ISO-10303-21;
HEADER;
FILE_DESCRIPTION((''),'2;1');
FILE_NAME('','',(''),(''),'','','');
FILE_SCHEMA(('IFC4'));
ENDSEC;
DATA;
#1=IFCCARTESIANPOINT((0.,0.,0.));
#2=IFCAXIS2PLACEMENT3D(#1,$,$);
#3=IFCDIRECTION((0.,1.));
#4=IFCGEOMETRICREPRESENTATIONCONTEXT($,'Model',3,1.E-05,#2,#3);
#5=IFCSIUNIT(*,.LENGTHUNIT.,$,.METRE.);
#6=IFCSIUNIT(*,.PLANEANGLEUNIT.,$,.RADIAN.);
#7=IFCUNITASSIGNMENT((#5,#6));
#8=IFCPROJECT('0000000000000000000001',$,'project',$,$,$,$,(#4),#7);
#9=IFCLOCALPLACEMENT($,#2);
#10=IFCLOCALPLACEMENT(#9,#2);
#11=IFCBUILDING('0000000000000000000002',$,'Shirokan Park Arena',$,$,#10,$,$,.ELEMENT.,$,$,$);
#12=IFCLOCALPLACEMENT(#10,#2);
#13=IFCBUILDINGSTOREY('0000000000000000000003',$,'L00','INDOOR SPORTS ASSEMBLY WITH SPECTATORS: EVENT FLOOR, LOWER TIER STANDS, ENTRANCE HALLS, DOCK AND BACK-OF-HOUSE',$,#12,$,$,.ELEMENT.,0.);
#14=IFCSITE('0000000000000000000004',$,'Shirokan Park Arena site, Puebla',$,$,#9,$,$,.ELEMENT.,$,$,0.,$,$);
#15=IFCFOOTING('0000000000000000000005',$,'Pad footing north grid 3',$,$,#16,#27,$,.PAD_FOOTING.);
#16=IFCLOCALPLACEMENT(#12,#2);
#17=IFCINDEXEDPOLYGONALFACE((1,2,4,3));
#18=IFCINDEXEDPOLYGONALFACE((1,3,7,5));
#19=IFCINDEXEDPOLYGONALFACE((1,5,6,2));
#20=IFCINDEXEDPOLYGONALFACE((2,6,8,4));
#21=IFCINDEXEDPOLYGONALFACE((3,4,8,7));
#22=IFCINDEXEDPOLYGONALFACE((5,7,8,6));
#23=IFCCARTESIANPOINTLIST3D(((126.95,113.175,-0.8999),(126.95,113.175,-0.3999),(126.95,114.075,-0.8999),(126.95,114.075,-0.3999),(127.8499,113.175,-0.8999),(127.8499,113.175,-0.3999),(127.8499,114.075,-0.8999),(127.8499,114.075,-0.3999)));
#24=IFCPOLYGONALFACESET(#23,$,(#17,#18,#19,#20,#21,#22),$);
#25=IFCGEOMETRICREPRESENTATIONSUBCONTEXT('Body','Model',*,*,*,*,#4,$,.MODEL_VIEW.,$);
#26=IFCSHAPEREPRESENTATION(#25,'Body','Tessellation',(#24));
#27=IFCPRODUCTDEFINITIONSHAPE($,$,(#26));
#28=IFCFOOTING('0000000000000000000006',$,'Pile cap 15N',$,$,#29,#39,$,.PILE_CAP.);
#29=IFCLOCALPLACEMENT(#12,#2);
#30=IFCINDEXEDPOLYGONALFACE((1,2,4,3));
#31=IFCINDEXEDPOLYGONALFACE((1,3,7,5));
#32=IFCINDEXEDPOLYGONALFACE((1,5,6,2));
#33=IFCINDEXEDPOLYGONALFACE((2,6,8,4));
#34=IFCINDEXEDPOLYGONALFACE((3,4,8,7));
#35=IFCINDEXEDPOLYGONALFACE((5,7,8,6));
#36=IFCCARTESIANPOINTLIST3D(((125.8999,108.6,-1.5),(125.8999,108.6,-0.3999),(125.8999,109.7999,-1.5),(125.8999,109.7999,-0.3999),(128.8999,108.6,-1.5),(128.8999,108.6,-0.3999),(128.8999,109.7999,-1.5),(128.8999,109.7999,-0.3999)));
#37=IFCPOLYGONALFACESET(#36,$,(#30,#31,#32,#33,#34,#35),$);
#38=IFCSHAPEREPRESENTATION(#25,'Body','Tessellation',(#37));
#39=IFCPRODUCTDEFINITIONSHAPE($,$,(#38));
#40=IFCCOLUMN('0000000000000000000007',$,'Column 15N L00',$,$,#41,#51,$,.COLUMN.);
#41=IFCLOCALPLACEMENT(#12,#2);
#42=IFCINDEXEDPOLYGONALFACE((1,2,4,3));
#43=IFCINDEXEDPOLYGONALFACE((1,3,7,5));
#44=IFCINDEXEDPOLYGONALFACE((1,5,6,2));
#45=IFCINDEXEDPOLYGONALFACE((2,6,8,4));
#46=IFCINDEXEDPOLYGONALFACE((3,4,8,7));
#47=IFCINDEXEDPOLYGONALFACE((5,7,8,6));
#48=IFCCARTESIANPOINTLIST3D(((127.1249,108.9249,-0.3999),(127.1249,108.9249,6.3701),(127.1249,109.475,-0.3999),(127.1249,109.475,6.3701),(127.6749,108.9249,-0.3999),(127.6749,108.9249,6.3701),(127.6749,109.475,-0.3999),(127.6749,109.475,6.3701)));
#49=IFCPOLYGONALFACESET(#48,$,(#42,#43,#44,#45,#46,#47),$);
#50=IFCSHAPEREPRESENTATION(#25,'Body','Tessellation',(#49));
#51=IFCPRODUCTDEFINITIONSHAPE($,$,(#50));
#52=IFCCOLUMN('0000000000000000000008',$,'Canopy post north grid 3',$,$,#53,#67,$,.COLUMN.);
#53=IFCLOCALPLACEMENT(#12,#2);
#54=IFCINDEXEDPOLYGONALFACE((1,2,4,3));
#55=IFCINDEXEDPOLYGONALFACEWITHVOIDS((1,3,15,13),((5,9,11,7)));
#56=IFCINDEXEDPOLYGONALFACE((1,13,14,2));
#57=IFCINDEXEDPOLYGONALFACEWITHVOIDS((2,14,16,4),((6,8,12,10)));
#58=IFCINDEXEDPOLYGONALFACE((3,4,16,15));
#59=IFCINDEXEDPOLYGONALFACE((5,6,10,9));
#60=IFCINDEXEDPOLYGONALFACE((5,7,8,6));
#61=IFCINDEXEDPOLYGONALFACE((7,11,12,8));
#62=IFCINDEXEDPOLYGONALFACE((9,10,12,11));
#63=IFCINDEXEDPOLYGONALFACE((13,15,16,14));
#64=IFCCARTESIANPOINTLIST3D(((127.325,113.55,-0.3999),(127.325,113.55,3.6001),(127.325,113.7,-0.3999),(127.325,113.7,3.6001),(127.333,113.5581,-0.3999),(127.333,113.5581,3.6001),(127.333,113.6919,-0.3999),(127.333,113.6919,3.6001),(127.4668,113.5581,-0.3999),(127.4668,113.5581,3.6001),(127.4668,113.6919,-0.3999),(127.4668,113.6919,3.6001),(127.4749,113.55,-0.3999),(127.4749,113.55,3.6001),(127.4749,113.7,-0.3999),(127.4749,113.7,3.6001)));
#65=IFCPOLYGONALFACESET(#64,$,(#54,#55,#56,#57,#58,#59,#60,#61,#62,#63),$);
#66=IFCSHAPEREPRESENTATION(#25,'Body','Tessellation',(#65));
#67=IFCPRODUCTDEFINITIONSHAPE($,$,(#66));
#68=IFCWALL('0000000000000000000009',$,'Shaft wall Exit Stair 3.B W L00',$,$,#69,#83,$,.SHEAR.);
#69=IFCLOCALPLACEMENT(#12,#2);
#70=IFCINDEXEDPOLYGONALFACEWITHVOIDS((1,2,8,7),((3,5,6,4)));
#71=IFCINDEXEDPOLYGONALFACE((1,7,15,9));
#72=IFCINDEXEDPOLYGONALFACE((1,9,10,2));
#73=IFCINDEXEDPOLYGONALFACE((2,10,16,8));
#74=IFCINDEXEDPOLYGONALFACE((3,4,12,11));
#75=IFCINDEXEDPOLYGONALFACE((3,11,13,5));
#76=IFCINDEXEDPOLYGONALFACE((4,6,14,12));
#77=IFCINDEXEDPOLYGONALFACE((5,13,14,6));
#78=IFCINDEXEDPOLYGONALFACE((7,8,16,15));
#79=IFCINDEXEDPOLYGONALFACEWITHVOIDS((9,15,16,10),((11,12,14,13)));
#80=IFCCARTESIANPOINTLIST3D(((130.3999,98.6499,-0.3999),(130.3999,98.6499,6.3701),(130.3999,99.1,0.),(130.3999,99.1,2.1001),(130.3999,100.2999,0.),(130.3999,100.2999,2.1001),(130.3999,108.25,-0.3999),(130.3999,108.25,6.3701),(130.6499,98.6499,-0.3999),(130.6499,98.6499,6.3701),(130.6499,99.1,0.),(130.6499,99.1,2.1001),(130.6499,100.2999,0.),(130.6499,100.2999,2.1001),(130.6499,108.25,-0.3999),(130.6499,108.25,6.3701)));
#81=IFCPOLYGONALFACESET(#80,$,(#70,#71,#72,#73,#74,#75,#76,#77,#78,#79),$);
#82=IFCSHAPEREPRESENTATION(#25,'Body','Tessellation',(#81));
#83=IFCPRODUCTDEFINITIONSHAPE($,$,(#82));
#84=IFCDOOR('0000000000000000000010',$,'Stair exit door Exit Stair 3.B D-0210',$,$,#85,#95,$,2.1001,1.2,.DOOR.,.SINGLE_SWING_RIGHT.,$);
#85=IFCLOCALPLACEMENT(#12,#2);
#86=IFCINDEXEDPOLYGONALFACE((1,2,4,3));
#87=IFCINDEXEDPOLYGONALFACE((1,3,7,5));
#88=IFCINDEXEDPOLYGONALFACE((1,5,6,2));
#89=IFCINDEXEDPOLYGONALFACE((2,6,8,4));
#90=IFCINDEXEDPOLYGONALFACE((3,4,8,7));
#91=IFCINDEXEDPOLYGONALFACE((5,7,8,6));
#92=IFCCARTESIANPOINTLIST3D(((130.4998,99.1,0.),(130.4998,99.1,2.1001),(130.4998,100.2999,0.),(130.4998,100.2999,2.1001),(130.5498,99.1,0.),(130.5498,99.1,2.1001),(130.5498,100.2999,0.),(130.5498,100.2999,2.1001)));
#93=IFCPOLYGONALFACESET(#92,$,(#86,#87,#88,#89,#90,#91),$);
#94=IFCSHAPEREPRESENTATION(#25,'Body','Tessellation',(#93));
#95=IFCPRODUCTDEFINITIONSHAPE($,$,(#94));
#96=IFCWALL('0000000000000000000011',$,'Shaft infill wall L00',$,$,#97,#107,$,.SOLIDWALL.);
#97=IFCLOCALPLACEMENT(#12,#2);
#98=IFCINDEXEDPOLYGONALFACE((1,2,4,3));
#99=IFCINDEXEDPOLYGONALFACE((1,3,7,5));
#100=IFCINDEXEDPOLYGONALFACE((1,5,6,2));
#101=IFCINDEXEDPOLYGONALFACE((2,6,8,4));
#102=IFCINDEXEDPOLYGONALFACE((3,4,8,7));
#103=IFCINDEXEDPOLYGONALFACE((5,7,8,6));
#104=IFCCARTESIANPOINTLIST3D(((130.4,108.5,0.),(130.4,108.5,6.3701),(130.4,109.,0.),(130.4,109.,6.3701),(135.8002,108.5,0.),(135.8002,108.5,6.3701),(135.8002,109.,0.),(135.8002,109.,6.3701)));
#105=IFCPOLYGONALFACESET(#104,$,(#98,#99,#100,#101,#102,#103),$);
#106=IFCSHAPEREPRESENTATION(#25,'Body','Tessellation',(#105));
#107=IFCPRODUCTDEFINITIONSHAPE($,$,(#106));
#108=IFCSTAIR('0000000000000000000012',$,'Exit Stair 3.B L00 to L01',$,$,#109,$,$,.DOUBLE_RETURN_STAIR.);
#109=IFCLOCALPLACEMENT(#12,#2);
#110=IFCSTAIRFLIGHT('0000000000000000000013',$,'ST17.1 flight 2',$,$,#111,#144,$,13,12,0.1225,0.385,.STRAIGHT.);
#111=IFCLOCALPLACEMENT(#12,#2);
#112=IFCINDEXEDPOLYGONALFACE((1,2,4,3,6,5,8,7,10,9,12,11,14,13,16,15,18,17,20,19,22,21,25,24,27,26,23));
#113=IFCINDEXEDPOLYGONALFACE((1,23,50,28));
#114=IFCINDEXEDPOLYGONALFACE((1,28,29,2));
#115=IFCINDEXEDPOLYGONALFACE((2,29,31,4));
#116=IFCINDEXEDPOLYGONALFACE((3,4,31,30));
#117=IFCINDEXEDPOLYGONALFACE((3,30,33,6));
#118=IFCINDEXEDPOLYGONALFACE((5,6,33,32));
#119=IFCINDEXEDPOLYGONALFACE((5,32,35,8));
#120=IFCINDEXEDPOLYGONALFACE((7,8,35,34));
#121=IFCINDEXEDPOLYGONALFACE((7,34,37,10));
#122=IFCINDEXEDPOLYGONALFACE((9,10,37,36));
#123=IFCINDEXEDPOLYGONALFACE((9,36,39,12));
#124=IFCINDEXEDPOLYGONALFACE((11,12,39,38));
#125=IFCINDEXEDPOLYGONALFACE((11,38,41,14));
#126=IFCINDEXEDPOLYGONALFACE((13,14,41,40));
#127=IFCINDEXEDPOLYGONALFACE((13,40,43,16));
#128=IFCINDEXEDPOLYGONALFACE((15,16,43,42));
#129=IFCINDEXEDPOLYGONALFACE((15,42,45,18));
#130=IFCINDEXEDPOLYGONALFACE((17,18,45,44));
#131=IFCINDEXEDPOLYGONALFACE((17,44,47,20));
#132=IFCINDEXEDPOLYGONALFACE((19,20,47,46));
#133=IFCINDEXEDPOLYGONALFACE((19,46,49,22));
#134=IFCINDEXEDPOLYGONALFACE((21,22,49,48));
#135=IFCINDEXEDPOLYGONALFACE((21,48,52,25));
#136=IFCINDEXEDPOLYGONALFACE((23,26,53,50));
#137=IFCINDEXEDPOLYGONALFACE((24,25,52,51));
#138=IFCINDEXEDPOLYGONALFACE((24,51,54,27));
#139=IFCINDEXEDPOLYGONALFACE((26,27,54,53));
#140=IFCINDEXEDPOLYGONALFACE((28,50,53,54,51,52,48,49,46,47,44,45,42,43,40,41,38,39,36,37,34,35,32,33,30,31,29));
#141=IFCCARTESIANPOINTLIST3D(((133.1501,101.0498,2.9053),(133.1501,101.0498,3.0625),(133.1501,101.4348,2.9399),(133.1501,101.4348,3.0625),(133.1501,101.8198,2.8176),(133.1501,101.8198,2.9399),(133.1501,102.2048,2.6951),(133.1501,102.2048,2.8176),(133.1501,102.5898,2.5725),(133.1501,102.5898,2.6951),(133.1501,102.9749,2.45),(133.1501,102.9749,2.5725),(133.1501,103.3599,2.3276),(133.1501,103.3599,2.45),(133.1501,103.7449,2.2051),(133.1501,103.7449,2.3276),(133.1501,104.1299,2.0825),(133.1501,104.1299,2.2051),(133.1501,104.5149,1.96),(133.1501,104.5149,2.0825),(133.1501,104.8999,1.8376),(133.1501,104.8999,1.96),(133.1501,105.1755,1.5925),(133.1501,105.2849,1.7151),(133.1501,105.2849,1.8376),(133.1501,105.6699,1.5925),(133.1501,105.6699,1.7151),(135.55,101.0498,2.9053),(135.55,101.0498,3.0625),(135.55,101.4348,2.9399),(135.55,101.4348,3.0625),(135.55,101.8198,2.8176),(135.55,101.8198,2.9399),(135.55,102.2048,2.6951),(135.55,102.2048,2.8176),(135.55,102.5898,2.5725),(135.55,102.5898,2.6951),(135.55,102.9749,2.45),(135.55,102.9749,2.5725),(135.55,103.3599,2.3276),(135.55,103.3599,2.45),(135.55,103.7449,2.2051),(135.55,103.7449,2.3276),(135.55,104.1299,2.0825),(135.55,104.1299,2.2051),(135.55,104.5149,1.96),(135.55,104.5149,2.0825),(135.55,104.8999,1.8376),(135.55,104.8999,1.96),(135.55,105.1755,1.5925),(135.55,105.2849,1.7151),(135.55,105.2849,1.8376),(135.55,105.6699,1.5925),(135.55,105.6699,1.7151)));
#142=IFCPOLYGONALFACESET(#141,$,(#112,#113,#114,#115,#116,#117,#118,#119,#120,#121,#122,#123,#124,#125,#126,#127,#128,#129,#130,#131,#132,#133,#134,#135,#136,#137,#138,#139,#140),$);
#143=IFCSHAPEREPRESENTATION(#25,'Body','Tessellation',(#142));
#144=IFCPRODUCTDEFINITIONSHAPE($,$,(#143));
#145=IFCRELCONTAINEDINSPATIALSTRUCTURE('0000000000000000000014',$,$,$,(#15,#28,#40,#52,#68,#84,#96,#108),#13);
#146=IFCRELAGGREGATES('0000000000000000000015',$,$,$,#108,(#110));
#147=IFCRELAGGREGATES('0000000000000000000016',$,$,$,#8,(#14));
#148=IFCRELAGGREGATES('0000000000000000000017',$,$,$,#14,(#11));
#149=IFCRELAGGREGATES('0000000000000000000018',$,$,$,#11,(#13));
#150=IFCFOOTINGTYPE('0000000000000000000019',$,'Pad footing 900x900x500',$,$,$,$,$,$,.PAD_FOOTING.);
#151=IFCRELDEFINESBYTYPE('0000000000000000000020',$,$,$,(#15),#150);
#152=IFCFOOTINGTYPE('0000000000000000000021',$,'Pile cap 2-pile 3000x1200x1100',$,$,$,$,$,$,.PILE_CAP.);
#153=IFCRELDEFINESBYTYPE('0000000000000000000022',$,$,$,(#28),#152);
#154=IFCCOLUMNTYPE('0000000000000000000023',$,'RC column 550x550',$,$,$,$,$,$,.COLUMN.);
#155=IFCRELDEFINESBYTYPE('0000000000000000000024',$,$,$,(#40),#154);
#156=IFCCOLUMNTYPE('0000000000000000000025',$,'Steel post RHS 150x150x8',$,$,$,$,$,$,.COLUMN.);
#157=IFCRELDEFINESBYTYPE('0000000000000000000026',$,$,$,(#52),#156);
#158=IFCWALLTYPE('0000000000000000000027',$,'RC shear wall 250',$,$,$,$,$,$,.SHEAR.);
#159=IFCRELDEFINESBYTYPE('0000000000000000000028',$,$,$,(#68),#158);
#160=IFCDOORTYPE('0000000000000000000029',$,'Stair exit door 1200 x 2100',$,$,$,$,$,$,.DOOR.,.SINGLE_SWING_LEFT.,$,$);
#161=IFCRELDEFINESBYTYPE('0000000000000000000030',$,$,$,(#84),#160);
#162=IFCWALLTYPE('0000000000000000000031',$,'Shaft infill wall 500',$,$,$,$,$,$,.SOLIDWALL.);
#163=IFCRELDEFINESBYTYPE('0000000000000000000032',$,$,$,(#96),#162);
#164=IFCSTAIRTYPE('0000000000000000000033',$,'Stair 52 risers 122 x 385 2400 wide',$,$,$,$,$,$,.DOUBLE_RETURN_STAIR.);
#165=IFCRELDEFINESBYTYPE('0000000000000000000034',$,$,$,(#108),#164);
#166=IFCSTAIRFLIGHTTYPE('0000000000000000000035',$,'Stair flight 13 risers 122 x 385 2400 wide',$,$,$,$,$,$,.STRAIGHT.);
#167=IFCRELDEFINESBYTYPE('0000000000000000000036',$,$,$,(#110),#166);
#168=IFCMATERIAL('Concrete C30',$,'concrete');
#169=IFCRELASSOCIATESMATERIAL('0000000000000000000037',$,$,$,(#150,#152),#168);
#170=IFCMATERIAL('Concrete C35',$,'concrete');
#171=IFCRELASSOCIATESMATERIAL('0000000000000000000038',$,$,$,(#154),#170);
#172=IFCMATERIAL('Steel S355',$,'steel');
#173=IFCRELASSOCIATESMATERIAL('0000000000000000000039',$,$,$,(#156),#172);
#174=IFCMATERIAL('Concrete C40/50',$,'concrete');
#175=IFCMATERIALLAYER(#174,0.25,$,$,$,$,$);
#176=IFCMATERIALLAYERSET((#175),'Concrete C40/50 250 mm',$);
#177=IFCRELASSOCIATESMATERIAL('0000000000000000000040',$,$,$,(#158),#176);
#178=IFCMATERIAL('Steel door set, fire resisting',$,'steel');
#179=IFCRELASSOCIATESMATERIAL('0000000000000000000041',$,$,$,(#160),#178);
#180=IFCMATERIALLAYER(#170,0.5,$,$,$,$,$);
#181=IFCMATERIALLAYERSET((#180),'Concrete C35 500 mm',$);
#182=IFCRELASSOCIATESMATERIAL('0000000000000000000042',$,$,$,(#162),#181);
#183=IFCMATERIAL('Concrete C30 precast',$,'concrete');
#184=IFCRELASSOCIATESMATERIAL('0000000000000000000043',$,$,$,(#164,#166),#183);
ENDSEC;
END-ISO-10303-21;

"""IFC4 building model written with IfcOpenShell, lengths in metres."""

from ifc_helpers import new_model, si_unit, direction, frame, frame_2d, origin, origin_2d, place, context, subcontext, project, spatial, polyline, rectangle, hollow_rectangle, outline, extrude, material, layer, layer_set, material_profile, profile_set, type_object, element, fill, aggregate, save


model = new_model("IFC4")

# Units and contexts
model_context = context("Model", 3, precision=1e-05, world=origin(), true_north=direction((0.0, 1.0)))
body_context = subcontext(model_context, "Body", "Model", "MODEL_VIEW")
ifc_project = project(units=[si_unit("LENGTHUNIT", "METRE"), si_unit("PLANEANGLEUNIT", "RADIAN")], contexts=[model_context])

# Site, building, storey
site_placement = place(None, origin())
site = spatial("IfcSite", under=ifc_project, at=site_placement, Name="Shirokan Park Arena site, Puebla", CompositionType="ELEMENT", RefElevation=0.0)
building_placement = place(site_placement, origin())
building = spatial("IfcBuilding", under=site, at=building_placement, Name="Shirokan Park Arena", CompositionType="ELEMENT")
storey_placement = place(building_placement, origin())
storey = spatial("IfcBuildingStorey", under=building, at=storey_placement, Name="L00", Description="INDOOR SPORTS ASSEMBLY WITH SPECTATORS: EVENT FLOOR, LOWER TIER STANDS, ENTRANCE HALLS, DOCK AND BACK-OF-HOUSE", CompositionType="ELEMENT", Elevation=0.0)

# Shared definitions
ifc_material_1 = material(Name="Concrete C30", Category="concrete")

# Footings
footing_type_1 = type_object("IfcFootingType", Name="Pad footing 900x900x500", PredefinedType="PAD_FOOTING", material=ifc_material_1)
footing_1_placement = place(storey_placement, frame((127.3999, 113.625, -0.8999), z_axis=(0.0, 0.0, 1.0), x_axis=(1.0, 0.0, 0.0)))
element("IfcFooting", 1, at=footing_1_placement, inside=storey, type_object=footing_type_1, Name="Pad footing north grid 3", PredefinedType="PAD_FOOTING", context=body_context, shape_type="SweptSolid", body=[
    extrude(rectangle(XDim=0.8999, YDim=0.8999, at=origin_2d()), origin(), (0.0, 0.0, 1.0), 0.5),
])
footing_type_2 = type_object("IfcFootingType", Name="Pile cap 2-pile 3000x1200x1100", PredefinedType="PILE_CAP", material=ifc_material_1)
footing_2_placement = place(storey_placement, frame((127.3999, 109.2, -1.5), z_axis=(0.0, 0.0, 1.0), x_axis=(1.0, 0.0, 0.0)))
element("IfcFooting", 2, at=footing_2_placement, inside=storey, type_object=footing_type_2, Name="Pile cap 15N", PredefinedType="PILE_CAP", context=body_context, shape_type="SweptSolid", body=[
    extrude(rectangle(XDim=3.0, YDim=1.2, at=origin_2d()), origin(), (0.0, 0.0, 1.0), 1.1001),
])

# Columns
ifc_material_2 = material(Name="Concrete C35", Category="concrete")
ifc_material_profile_1 = material_profile(ifc_material_2, rectangle(XDim=0.55, YDim=0.55, at=origin_2d()), Name="550x550")
ifc_profile_set_1 = profile_set([ifc_material_profile_1], Name="Concrete C35")
column_type_1 = type_object("IfcColumnType", Name="RC column 550x550", PredefinedType="COLUMN", material=ifc_profile_set_1)
column_1_placement = place(storey_placement, frame((127.3999, 109.2, -0.3999), z_axis=(0.0, 0.0, 1.0), x_axis=(1.0, 0.0, 0.0)))
element("IfcColumn", 3, at=column_1_placement, inside=storey, type_object=column_type_1, Name="Column 15N L00", PredefinedType="COLUMN", context=body_context, shape_type="SweptSolid", body=[
    extrude(rectangle(XDim=0.55, YDim=0.55, at=origin_2d()), origin(), (0.0, 0.0, 1.0), 6.77),
])
ifc_material_3 = material(Name="Steel S355", Category="steel")
ifc_material_profile_2 = material_profile(ifc_material_3, hollow_rectangle(XDim=0.1499, YDim=0.1499, WallThickness=0.0081, at=origin_2d()), Name="RHS 150x150x8")
ifc_profile_set_2 = profile_set([ifc_material_profile_2], Name="Steel S355")
column_type_2 = type_object("IfcColumnType", Name="Steel post RHS 150x150x8", PredefinedType="COLUMN", material=ifc_profile_set_2)
column_2_placement = place(storey_placement, frame((127.3999, 113.625, -0.3999), z_axis=(0.0, 0.0, 1.0), x_axis=(1.0, 0.0, 0.0)))
element("IfcColumn", 4, at=column_2_placement, inside=storey, type_object=column_type_2, Name="Canopy post north grid 3", PredefinedType="COLUMN", context=body_context, shape_type="SweptSolid", body=[
    extrude(hollow_rectangle(XDim=0.1499, YDim=0.1499, WallThickness=0.0081, at=origin_2d()), origin(), (0.0, 0.0, 1.0), 4.0),
])

# Wall, opening, door
ifc_material_4 = material(Name="Concrete C40/50", Category="concrete")
ifc_layer_1 = layer(ifc_material_4, 0.25)
ifc_layer_set_1 = layer_set([ifc_layer_1], Name="Concrete C40/50 250 mm")
wall_type_1 = type_object("IfcWallType", Name="RC shear wall 250", PredefinedType="SHEAR", material=ifc_layer_set_1)
wall_1_placement = place(storey_placement, frame((130.5249, 108.25, -0.3999), z_axis=(0.0, 0.0, 1.0), x_axis=(0.0, -1.0, 0.0)))
wall_1 = element("IfcWall", 5, at=wall_1_placement, inside=storey, type_object=wall_type_1, Name="Shaft wall Exit Stair 3.B W L00", PredefinedType="SHEAR", context=body_context, shape_type="SweptSolid", body=[
    extrude(rectangle(XDim=9.6001, YDim=0.25, at=frame_2d((4.8, 0.0))), origin(), (0.0, 0.0, 1.0), 6.77),
])
opening_1_placement = place(wall_1_placement, frame((7.95, 0.0, 0.3999)))
opening_1 = element("IfcOpeningElement", 6, at=opening_1_placement, cuts=wall_1, PredefinedType="OPENING", context=body_context, shape_type="SweptSolid", body=[
    extrude(rectangle(XDim=1.2, YDim=2.1001, at=frame_2d((0.6001, 1.05))), frame((0.0, 0.135, 0.0), z_axis=(0.0, -1.0, 0.0), x_axis=(1.0, 0.0, 0.0)), (0.0, 0.0, 1.0), 0.27),
])
ifc_material_5 = material(Name="Steel door set, fire resisting", Category="steel")
door_type_1 = type_object("IfcDoorType", Name="Stair exit door 1200 x 2100", OperationType="SINGLE_SWING_LEFT", PredefinedType="DOOR", material=ifc_material_5)
door_1_placement = place(opening_1_placement, origin())
door_1 = element("IfcDoor", 7, at=door_1_placement, inside=storey, type_object=door_type_1, Name="Stair exit door Exit Stair 3.B D-0210", OperationType="SINGLE_SWING_RIGHT", OverallHeight=2.1001, OverallWidth=1.2, PredefinedType="DOOR", context=body_context, shape_type="SweptSolid", body=[
    extrude(rectangle(XDim=1.2, YDim=2.1001, at=frame_2d((0.6001, 1.05))), frame((0.0, 0.0249, 0.0), z_axis=(0.0, -1.0, 0.0), x_axis=(1.0, 0.0, 0.0)), (0.0, 0.0, 1.0), 0.05),
])
fill(opening_1, door_1)

# Wall
ifc_layer_2 = layer(ifc_material_2, 0.5)
ifc_layer_set_2 = layer_set([ifc_layer_2], Name="Concrete C35 500 mm")
wall_type_2 = type_object("IfcWallType", Name="Shaft infill wall 500", PredefinedType="SOLIDWALL", material=ifc_layer_set_2)
wall_2_placement = place(storey_placement, frame((130.3999, 108.75, 0.0), z_axis=(0.0, 0.0, 1.0), x_axis=(1.0, 0.0, 0.0)))
element("IfcWall", 8, at=wall_2_placement, inside=storey, type_object=wall_type_2, Name="Shaft infill wall L00", PredefinedType="SOLIDWALL", context=body_context, shape_type="SweptSolid", body=[
    extrude(rectangle(XDim=5.4001, YDim=0.5, at=frame_2d((2.7002, 0.0))), origin(), (0.0, 0.0, 1.0), 6.3701),
])

# Stair, stair flight
ifc_material_6 = material(Name="Concrete C30 precast", Category="concrete")
stair_type = type_object("IfcStairType", Name="Stair 52 risers 122 x 385 2400 wide", PredefinedType="DOUBLE_RETURN_STAIR", material=ifc_material_6)
stair_placement = place(storey_placement, origin())
stair = element("IfcStair", 9, at=stair_placement, inside=storey, type_object=stair_type, Name="Exit Stair 3.B L00 to L01", PredefinedType="DOUBLE_RETURN_STAIR")
stair_flight_type = type_object("IfcStairFlightType", Name="Stair flight 13 risers 122 x 385 2400 wide", PredefinedType="STRAIGHT", material=ifc_material_6)
stair_flight_1_placement = place(storey_placement, frame((134.3501, 105.6699, 1.5925), z_axis=(0.0, 0.0, 1.0), x_axis=(0.0, -1.0, 0.0)))
stair_flight_1 = element("IfcStairFlight", 10, at=stair_flight_1_placement, type_object=stair_flight_type, Name="ST17.1 flight 2", NumberOfRisers=13, NumberOfTreads=12, PredefinedType="STRAIGHT", RiserHeight=0.1225, TreadLength=0.385, context=body_context, shape_type="SweptSolid", body=[
    extrude(outline(polyline([(0.0, 0.0), (0.0, 0.1226), (0.385, 0.1226), (0.385, 0.2451), (0.77, 0.2451), (0.77, 0.3674), (1.155, 0.3674), (1.155, 0.49), (1.54, 0.49), (1.54, 0.6125), (1.925, 0.6125), (1.925, 0.7351), (2.3101, 0.7351), (2.3101, 0.8574), (2.6951, 0.8574), (2.6951, 0.98), (3.0801, 0.98), (3.0801, 1.1025), (3.4651, 1.1025), (3.4651, 1.2251), (3.8501, 1.2251), (3.8501, 1.3474), (4.2351, 1.3474), (4.2351, 1.47), (4.6201, 1.47), (4.6201, 1.5925), (4.6201, 1.3127), (0.4944, 0.0), (0.0, 0.0)])), frame((0.0, 1.2, 0.0), z_axis=(0.0, -1.0, 0.0), x_axis=(1.0, 0.0, 0.0)), (0.0, 0.0, 1.0), 2.3999),
])
aggregate(stair, [stair_flight_1])

save(model, "model.ifc")
